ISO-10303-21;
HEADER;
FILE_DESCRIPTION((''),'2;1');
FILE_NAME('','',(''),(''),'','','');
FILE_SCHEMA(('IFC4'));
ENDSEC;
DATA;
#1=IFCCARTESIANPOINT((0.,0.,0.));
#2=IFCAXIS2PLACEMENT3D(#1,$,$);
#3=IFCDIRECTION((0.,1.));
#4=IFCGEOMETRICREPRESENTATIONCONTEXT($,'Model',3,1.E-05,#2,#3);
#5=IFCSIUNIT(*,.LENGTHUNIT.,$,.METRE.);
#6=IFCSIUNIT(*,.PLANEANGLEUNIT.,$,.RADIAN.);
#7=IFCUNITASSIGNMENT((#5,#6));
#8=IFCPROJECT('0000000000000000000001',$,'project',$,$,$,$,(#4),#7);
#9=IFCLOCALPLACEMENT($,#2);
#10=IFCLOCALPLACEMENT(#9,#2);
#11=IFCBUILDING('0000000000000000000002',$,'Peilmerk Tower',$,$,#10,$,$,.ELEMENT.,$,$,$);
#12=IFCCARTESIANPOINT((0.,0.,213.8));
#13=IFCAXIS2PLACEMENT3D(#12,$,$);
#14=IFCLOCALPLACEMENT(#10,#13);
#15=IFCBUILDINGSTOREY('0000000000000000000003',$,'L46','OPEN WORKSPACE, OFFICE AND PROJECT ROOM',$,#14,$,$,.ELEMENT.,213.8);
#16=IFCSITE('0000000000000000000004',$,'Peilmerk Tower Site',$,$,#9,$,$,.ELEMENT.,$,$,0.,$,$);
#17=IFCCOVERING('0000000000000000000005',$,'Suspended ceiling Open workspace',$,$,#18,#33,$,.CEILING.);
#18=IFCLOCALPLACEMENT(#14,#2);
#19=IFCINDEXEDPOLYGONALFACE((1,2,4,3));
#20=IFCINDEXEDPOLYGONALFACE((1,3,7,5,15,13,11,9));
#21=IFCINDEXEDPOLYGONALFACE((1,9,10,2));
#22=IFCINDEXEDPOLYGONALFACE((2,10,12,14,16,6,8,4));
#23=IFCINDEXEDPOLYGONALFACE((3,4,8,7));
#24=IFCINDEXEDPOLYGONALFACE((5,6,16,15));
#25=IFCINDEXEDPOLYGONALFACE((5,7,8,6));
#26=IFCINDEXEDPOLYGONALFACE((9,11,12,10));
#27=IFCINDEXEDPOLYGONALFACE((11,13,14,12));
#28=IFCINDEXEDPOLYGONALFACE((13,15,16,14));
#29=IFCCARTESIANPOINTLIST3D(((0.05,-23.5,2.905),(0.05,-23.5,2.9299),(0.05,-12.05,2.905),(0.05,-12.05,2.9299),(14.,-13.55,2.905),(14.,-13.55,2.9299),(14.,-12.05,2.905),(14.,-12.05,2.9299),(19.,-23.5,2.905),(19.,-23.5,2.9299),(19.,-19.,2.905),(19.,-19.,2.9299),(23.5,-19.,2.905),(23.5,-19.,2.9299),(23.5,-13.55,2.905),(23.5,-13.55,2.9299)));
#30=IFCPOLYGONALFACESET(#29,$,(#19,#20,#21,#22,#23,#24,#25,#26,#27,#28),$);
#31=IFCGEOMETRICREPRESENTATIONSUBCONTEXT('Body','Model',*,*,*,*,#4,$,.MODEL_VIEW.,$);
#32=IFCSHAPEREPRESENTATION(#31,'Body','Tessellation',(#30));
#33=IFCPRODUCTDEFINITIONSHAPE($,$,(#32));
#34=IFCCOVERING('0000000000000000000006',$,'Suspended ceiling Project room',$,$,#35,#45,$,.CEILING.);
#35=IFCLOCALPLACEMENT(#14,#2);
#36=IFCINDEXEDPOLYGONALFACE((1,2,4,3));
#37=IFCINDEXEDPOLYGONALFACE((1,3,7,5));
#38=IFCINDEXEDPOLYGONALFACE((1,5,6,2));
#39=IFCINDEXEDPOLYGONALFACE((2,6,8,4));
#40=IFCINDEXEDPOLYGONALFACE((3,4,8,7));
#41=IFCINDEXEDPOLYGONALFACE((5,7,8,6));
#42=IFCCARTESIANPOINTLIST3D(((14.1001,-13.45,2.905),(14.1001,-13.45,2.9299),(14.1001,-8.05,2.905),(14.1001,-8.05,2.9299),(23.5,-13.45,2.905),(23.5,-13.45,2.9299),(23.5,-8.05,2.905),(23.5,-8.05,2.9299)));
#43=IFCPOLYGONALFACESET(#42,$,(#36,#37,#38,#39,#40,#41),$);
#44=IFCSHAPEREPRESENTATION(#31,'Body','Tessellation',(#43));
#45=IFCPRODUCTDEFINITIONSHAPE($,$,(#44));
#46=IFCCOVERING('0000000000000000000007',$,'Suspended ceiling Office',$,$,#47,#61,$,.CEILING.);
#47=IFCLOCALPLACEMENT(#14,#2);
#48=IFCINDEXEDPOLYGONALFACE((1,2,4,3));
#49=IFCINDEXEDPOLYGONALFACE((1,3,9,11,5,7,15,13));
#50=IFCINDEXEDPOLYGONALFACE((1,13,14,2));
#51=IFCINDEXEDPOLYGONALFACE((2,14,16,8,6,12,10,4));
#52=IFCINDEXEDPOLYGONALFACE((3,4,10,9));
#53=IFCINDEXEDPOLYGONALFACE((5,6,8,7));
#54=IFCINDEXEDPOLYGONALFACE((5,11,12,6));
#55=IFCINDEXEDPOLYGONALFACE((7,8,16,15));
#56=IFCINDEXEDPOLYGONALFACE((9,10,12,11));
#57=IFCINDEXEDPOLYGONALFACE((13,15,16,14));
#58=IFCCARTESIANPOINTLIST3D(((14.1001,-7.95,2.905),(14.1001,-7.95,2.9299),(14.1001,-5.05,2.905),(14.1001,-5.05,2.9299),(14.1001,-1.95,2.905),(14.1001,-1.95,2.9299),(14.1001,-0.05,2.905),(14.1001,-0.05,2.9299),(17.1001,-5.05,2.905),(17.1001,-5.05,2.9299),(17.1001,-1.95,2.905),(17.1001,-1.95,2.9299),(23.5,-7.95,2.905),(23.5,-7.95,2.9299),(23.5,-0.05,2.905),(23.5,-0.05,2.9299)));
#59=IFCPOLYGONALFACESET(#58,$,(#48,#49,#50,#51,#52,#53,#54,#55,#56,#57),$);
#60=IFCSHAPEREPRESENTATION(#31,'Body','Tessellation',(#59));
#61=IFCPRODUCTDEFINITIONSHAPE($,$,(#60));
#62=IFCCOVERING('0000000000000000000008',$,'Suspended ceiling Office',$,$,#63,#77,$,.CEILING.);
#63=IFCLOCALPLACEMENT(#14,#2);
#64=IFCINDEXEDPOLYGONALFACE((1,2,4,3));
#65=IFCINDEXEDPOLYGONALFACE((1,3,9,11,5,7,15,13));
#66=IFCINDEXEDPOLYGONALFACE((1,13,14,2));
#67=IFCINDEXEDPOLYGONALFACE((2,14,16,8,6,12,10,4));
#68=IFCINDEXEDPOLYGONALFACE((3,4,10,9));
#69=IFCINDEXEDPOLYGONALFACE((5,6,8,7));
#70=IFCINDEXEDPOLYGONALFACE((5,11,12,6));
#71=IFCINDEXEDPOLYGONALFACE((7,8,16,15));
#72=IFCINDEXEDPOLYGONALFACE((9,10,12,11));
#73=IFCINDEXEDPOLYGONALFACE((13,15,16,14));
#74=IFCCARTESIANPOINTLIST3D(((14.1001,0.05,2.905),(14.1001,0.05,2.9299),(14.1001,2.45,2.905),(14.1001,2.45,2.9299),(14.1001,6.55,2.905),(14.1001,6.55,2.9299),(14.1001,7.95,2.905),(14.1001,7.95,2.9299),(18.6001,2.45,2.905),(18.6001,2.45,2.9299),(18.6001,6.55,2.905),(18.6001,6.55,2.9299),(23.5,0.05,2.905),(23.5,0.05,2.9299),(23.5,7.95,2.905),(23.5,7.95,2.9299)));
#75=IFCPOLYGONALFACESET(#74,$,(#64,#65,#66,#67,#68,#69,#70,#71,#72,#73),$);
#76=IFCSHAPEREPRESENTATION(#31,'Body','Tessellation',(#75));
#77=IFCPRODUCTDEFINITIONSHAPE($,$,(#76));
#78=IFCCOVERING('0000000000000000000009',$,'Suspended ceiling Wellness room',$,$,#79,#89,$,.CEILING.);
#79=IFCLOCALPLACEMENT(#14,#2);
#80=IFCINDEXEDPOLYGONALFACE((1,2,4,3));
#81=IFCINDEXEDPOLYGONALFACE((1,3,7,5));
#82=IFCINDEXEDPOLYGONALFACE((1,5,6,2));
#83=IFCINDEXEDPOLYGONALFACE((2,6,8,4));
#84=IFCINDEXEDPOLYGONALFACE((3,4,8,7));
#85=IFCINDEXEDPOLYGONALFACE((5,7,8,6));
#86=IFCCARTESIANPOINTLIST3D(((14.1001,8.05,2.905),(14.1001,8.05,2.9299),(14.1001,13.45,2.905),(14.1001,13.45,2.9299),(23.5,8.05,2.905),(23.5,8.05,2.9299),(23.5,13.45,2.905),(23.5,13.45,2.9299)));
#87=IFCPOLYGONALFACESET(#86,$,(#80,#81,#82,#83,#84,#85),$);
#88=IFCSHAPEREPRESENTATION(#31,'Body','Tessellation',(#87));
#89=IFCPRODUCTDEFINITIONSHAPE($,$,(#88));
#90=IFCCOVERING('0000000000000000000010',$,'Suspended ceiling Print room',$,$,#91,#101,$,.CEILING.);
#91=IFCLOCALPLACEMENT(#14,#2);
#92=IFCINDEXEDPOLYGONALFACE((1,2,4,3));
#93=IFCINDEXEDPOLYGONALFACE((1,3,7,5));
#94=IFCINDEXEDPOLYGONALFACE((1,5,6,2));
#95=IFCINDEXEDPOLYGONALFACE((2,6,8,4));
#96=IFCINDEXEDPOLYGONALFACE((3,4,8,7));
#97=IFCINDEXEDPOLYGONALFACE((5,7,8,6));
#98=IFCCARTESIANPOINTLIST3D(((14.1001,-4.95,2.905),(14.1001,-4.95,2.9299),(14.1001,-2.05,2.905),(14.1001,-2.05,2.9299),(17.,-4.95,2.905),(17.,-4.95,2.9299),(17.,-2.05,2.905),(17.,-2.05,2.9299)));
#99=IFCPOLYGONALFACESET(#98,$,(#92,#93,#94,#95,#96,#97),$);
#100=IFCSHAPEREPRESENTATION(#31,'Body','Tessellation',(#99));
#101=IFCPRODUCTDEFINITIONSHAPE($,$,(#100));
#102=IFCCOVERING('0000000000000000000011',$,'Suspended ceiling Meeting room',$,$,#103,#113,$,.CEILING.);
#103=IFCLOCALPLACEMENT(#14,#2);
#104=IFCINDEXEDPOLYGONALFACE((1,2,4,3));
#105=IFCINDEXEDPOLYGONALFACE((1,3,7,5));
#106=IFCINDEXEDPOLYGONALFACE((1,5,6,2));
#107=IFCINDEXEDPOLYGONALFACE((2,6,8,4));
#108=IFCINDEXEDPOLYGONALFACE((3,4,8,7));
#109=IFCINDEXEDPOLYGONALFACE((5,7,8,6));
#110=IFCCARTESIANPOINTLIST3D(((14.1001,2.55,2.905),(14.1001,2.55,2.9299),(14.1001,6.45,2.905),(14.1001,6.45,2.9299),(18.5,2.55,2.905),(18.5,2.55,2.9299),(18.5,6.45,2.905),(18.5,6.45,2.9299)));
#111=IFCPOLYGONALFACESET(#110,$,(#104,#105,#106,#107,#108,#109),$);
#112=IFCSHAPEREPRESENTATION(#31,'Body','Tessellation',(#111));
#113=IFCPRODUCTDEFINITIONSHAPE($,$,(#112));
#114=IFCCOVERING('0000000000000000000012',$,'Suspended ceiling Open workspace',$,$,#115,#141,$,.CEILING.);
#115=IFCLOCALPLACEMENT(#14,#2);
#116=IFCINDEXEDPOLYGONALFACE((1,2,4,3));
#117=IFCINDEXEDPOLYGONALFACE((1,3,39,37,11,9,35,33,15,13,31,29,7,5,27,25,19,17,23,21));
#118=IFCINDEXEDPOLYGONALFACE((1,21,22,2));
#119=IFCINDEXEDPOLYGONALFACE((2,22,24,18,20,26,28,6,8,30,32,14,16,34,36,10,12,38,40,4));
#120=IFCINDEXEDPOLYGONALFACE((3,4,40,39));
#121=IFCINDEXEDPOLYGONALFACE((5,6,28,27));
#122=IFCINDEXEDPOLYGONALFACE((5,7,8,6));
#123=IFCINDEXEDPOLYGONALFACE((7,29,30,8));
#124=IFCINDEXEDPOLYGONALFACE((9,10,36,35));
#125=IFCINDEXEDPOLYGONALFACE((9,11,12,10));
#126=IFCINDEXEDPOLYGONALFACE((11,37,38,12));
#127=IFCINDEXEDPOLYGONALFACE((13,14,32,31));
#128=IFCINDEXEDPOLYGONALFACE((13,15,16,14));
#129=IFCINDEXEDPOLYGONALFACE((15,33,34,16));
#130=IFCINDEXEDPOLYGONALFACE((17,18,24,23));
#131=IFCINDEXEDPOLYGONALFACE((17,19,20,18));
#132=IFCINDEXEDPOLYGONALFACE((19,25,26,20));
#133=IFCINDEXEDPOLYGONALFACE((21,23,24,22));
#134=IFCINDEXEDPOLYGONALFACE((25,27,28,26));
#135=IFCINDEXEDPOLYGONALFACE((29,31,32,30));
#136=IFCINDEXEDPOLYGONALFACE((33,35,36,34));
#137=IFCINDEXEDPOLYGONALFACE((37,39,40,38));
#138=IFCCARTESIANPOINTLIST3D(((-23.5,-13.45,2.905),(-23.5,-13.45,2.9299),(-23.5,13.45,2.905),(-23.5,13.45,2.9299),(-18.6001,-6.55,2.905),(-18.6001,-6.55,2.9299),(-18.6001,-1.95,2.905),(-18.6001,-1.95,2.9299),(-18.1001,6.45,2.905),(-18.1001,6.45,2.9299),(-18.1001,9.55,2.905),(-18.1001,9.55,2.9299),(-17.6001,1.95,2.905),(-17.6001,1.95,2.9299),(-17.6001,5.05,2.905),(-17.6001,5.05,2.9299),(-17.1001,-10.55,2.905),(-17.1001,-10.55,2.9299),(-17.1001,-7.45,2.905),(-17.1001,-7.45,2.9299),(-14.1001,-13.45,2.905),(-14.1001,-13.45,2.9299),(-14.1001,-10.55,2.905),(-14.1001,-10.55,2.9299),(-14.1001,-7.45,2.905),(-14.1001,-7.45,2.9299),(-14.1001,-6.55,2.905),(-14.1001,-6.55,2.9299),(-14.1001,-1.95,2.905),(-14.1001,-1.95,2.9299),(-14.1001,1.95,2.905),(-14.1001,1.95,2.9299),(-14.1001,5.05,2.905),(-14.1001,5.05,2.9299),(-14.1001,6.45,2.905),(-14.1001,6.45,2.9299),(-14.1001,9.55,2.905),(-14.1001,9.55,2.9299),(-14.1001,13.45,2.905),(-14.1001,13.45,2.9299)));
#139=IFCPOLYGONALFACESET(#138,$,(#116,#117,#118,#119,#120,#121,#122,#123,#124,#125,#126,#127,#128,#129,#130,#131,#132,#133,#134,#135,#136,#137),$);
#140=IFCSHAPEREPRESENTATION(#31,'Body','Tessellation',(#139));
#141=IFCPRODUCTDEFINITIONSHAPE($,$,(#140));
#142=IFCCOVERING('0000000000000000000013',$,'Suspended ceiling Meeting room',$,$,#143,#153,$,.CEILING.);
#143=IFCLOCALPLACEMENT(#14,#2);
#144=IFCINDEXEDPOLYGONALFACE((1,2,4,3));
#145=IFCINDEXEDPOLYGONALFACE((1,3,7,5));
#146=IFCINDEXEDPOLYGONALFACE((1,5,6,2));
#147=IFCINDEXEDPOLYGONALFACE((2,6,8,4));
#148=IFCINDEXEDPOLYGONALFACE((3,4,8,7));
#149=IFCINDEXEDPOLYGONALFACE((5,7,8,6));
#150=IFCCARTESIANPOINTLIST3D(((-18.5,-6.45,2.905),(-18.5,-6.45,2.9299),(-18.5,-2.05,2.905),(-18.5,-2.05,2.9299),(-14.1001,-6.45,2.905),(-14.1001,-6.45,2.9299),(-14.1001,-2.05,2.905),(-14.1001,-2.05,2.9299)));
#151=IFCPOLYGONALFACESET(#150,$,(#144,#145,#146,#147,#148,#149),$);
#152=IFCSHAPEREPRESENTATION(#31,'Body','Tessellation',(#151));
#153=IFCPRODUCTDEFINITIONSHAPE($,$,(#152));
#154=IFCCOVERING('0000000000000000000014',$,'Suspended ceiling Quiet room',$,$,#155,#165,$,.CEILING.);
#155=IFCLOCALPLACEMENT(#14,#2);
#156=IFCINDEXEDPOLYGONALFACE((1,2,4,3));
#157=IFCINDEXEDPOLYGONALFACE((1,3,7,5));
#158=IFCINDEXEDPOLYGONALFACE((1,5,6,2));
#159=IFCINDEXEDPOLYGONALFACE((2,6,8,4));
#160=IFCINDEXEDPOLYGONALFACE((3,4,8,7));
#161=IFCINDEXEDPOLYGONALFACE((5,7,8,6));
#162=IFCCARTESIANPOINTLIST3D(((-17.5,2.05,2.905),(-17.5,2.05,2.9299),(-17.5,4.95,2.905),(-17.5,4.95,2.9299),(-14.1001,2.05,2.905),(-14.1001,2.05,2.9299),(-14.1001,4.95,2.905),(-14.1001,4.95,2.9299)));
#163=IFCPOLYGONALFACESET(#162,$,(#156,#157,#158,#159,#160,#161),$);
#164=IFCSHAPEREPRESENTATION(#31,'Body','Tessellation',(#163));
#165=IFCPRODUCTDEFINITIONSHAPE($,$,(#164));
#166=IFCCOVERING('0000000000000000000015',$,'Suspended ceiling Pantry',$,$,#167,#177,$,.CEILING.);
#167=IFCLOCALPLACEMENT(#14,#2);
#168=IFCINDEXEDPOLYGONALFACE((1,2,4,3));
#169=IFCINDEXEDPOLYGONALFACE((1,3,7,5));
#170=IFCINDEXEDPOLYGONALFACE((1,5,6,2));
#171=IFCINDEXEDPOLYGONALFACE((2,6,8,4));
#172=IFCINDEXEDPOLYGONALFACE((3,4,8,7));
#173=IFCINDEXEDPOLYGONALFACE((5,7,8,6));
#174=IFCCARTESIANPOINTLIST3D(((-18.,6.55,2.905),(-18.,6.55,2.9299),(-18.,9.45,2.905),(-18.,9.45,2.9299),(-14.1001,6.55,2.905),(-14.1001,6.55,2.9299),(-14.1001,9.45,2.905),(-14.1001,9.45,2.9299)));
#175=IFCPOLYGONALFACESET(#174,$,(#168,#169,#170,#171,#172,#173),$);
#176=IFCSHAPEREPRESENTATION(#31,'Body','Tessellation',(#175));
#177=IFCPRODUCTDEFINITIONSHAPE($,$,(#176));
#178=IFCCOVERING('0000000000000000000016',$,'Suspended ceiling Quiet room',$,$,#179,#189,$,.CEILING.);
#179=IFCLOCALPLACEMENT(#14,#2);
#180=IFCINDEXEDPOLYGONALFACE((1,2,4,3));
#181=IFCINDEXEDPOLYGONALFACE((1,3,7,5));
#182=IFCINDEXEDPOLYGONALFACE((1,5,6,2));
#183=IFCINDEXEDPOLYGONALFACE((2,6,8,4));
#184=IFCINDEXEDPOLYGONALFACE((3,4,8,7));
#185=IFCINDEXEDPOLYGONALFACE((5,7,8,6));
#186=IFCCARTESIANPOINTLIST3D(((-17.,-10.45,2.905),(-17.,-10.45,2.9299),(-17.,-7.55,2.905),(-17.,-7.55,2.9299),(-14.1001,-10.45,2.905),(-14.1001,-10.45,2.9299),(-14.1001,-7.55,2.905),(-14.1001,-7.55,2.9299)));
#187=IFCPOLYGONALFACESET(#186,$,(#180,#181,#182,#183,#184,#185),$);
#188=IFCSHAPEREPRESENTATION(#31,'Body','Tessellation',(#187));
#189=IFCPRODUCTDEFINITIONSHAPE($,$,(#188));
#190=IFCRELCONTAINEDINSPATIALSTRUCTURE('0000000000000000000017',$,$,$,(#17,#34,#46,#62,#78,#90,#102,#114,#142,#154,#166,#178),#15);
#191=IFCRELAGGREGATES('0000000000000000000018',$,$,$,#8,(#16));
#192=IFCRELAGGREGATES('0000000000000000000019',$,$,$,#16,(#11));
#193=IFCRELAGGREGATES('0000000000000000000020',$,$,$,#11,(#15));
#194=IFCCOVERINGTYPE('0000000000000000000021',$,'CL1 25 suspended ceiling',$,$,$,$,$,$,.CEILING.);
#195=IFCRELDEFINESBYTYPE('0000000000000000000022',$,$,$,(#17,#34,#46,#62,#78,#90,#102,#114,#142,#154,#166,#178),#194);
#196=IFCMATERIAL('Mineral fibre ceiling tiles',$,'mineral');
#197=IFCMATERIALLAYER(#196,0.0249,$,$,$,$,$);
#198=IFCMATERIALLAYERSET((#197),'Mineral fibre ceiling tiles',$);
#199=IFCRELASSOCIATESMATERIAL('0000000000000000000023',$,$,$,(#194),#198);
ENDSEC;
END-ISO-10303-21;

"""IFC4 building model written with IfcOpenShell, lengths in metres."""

from ifc_helpers import new_model, si_unit, direction, frame, origin, place, context, subcontext, project, spatial, polyline, outline, extrude, material, layer, layer_set, type_object, element, save


model = new_model("IFC4")

# Units and contexts
model_context = context("Model", 3, precision=1e-05, world=origin(), true_north=direction((0.0, 1.0)))
body_context = subcontext(model_context, "Body", "Model", "MODEL_VIEW")
ifc_project = project(units=[si_unit("LENGTHUNIT", "METRE"), si_unit("PLANEANGLEUNIT", "RADIAN")], contexts=[model_context])

# Site, building, storey
site_placement = place(None, origin())
site = spatial("IfcSite", under=ifc_project, at=site_placement, Name="Peilmerk Tower Site", CompositionType="ELEMENT", RefElevation=0.0)
building_placement = place(site_placement, origin())
building = spatial("IfcBuilding", under=site, at=building_placement, Name="Peilmerk Tower", CompositionType="ELEMENT")
storey_placement = place(building_placement, frame((0.0, 0.0, 213.8)))
storey = spatial("IfcBuildingStorey", under=building, at=storey_placement, Name="L46", Description="OPEN WORKSPACE, OFFICE AND PROJECT ROOM", CompositionType="ELEMENT", Elevation=213.8)

# Coverings
ifc_material_1 = material(Name="Mineral fibre ceiling tiles", Category="mineral")
ifc_layer_1 = layer(ifc_material_1, 0.0249)
ifc_layer_set_1 = layer_set([ifc_layer_1], Name="Mineral fibre ceiling tiles")
covering_type = type_object("IfcCoveringType", Name="CL1 25 suspended ceiling", PredefinedType="CEILING", material=ifc_layer_set_1)
covering_1_placement = place(storey_placement, frame((0.0, 0.0, 2.905)))
element("IfcCovering", 1, at=covering_1_placement, inside=storey, type_object=covering_type, Name="Suspended ceiling Open workspace", PredefinedType="CEILING", context=body_context, shape_type="SweptSolid", body=[
    extrude(outline(polyline([(0.05, -23.5), (19.0, -23.5), (19.0, -19.0), (23.5, -19.0), (23.5, -13.55), (14.0, -13.55), (14.0, -12.05), (0.05, -12.05), (0.05, -23.5)])), origin(), (0.0, 0.0, 1.0), 0.0249),
])
covering_2_placement = place(storey_placement, frame((0.0, 0.0, 2.905)))
element("IfcCovering", 2, at=covering_2_placement, inside=storey, type_object=covering_type, Name="Suspended ceiling Project room", PredefinedType="CEILING", context=body_context, shape_type="SweptSolid", body=[
    extrude(outline(polyline([(23.5, -13.45), (23.5, -8.05), (14.1001, -8.05), (14.1001, -13.45), (23.5, -13.45)])), origin(), (0.0, 0.0, 1.0), 0.0249),
])
covering_3_placement = place(storey_placement, frame((0.0, 0.0, 2.905)))
element("IfcCovering", 3, at=covering_3_placement, inside=storey, type_object=covering_type, Name="Suspended ceiling Office", PredefinedType="CEILING", context=body_context, shape_type="SweptSolid", body=[
    extrude(outline(polyline([(14.1001, -7.95), (23.5, -7.95), (23.5, -0.05), (14.1001, -0.05), (14.1001, -1.95), (17.1001, -1.95), (17.1001, -5.05), (14.1001, -5.05), (14.1001, -7.95)])), origin(), (0.0, 0.0, 1.0), 0.0249),
])
covering_4_placement = place(storey_placement, frame((0.0, 0.0, 2.905)))
element("IfcCovering", 4, at=covering_4_placement, inside=storey, type_object=covering_type, Name="Suspended ceiling Office", PredefinedType="CEILING", context=body_context, shape_type="SweptSolid", body=[
    extrude(outline(polyline([(14.1001, 0.05), (23.5, 0.05), (23.5, 7.95), (14.1001, 7.95), (14.1001, 6.55), (18.6001, 6.55), (18.6001, 2.45), (14.1001, 2.45), (14.1001, 0.05)])), origin(), (0.0, 0.0, 1.0), 0.0249),
])
covering_5_placement = place(storey_placement, frame((0.0, 0.0, 2.905)))
element("IfcCovering", 5, at=covering_5_placement, inside=storey, type_object=covering_type, Name="Suspended ceiling Wellness room", PredefinedType="CEILING", context=body_context, shape_type="SweptSolid", body=[
    extrude(outline(polyline([(23.5, 8.05), (23.5, 13.45), (14.1001, 13.45), (14.1001, 8.05), (23.5, 8.05)])), origin(), (0.0, 0.0, 1.0), 0.0249),
])
covering_6_placement = place(storey_placement, frame((0.0, 0.0, 2.905)))
element("IfcCovering", 6, at=covering_6_placement, inside=storey, type_object=covering_type, Name="Suspended ceiling Print room", PredefinedType="CEILING", context=body_context, shape_type="SweptSolid", body=[
    extrude(outline(polyline([(17.0, -4.95), (17.0, -2.05), (14.1001, -2.05), (14.1001, -4.95), (17.0, -4.95)])), origin(), (0.0, 0.0, 1.0), 0.0249),
])
covering_7_placement = place(storey_placement, frame((0.0, 0.0, 2.905)))
element("IfcCovering", 7, at=covering_7_placement, inside=storey, type_object=covering_type, Name="Suspended ceiling Meeting room", PredefinedType="CEILING", context=body_context, shape_type="SweptSolid", body=[
    extrude(outline(polyline([(18.5, 2.55), (18.5, 6.45), (14.1001, 6.45), (14.1001, 2.55), (18.5, 2.55)])), origin(), (0.0, 0.0, 1.0), 0.0249),
])
covering_8_placement = place(storey_placement, frame((0.0, 0.0, 2.905)))
element("IfcCovering", 8, at=covering_8_placement, inside=storey, type_object=covering_type, Name="Suspended ceiling Open workspace", PredefinedType="CEILING", context=body_context, shape_type="SweptSolid", body=[
    extrude(outline(polyline([(-14.1001, 13.45), (-23.5, 13.45), (-23.5, -13.45), (-14.1001, -13.45), (-14.1001, -10.55), (-17.1001, -10.55), (-17.1001, -7.45), (-14.1001, -7.45), (-14.1001, -6.55), (-18.6001, -6.55), (-18.6001, -1.95), (-14.1001, -1.95), (-14.1001, 1.95), (-17.6001, 1.95), (-17.6001, 5.05), (-14.1001, 5.05), (-14.1001, 6.45), (-18.1001, 6.45), (-18.1001, 9.55), (-14.1001, 9.55), (-14.1001, 13.45)])), origin(), (0.0, 0.0, 1.0), 0.0249),
])
covering_9_placement = place(storey_placement, frame((0.0, 0.0, 2.905)))
element("IfcCovering", 9, at=covering_9_placement, inside=storey, type_object=covering_type, Name="Suspended ceiling Meeting room", PredefinedType="CEILING", context=body_context, shape_type="SweptSolid", body=[
    extrude(outline(polyline([(-14.1001, -6.45), (-14.1001, -2.05), (-18.5, -2.05), (-18.5, -6.45), (-14.1001, -6.45)])), origin(), (0.0, 0.0, 1.0), 0.0249),
])
covering_10_placement = place(storey_placement, frame((0.0, 0.0, 2.905)))
element("IfcCovering", 10, at=covering_10_placement, inside=storey, type_object=covering_type, Name="Suspended ceiling Quiet room", PredefinedType="CEILING", context=body_context, shape_type="SweptSolid", body=[
    extrude(outline(polyline([(-14.1001, 2.05), (-14.1001, 4.95), (-17.5, 4.95), (-17.5, 2.05), (-14.1001, 2.05)])), origin(), (0.0, 0.0, 1.0), 0.0249),
])
covering_11_placement = place(storey_placement, frame((0.0, 0.0, 2.905)))
element("IfcCovering", 11, at=covering_11_placement, inside=storey, type_object=covering_type, Name="Suspended ceiling Pantry", PredefinedType="CEILING", context=body_context, shape_type="SweptSolid", body=[
    extrude(outline(polyline([(-14.1001, 6.55), (-14.1001, 9.45), (-18.0, 9.45), (-18.0, 6.55), (-14.1001, 6.55)])), origin(), (0.0, 0.0, 1.0), 0.0249),
])
covering_12_placement = place(storey_placement, frame((0.0, 0.0, 2.905)))
element("IfcCovering", 12, at=covering_12_placement, inside=storey, type_object=covering_type, Name="Suspended ceiling Quiet room", PredefinedType="CEILING", context=body_context, shape_type="SweptSolid", body=[
    extrude(outline(polyline([(-14.1001, -10.45), (-14.1001, -7.55), (-17.0, -7.55), (-17.0, -10.45), (-14.1001, -10.45)])), origin(), (0.0, 0.0, 1.0), 0.0249),
])

save(model, "model.ifc")
